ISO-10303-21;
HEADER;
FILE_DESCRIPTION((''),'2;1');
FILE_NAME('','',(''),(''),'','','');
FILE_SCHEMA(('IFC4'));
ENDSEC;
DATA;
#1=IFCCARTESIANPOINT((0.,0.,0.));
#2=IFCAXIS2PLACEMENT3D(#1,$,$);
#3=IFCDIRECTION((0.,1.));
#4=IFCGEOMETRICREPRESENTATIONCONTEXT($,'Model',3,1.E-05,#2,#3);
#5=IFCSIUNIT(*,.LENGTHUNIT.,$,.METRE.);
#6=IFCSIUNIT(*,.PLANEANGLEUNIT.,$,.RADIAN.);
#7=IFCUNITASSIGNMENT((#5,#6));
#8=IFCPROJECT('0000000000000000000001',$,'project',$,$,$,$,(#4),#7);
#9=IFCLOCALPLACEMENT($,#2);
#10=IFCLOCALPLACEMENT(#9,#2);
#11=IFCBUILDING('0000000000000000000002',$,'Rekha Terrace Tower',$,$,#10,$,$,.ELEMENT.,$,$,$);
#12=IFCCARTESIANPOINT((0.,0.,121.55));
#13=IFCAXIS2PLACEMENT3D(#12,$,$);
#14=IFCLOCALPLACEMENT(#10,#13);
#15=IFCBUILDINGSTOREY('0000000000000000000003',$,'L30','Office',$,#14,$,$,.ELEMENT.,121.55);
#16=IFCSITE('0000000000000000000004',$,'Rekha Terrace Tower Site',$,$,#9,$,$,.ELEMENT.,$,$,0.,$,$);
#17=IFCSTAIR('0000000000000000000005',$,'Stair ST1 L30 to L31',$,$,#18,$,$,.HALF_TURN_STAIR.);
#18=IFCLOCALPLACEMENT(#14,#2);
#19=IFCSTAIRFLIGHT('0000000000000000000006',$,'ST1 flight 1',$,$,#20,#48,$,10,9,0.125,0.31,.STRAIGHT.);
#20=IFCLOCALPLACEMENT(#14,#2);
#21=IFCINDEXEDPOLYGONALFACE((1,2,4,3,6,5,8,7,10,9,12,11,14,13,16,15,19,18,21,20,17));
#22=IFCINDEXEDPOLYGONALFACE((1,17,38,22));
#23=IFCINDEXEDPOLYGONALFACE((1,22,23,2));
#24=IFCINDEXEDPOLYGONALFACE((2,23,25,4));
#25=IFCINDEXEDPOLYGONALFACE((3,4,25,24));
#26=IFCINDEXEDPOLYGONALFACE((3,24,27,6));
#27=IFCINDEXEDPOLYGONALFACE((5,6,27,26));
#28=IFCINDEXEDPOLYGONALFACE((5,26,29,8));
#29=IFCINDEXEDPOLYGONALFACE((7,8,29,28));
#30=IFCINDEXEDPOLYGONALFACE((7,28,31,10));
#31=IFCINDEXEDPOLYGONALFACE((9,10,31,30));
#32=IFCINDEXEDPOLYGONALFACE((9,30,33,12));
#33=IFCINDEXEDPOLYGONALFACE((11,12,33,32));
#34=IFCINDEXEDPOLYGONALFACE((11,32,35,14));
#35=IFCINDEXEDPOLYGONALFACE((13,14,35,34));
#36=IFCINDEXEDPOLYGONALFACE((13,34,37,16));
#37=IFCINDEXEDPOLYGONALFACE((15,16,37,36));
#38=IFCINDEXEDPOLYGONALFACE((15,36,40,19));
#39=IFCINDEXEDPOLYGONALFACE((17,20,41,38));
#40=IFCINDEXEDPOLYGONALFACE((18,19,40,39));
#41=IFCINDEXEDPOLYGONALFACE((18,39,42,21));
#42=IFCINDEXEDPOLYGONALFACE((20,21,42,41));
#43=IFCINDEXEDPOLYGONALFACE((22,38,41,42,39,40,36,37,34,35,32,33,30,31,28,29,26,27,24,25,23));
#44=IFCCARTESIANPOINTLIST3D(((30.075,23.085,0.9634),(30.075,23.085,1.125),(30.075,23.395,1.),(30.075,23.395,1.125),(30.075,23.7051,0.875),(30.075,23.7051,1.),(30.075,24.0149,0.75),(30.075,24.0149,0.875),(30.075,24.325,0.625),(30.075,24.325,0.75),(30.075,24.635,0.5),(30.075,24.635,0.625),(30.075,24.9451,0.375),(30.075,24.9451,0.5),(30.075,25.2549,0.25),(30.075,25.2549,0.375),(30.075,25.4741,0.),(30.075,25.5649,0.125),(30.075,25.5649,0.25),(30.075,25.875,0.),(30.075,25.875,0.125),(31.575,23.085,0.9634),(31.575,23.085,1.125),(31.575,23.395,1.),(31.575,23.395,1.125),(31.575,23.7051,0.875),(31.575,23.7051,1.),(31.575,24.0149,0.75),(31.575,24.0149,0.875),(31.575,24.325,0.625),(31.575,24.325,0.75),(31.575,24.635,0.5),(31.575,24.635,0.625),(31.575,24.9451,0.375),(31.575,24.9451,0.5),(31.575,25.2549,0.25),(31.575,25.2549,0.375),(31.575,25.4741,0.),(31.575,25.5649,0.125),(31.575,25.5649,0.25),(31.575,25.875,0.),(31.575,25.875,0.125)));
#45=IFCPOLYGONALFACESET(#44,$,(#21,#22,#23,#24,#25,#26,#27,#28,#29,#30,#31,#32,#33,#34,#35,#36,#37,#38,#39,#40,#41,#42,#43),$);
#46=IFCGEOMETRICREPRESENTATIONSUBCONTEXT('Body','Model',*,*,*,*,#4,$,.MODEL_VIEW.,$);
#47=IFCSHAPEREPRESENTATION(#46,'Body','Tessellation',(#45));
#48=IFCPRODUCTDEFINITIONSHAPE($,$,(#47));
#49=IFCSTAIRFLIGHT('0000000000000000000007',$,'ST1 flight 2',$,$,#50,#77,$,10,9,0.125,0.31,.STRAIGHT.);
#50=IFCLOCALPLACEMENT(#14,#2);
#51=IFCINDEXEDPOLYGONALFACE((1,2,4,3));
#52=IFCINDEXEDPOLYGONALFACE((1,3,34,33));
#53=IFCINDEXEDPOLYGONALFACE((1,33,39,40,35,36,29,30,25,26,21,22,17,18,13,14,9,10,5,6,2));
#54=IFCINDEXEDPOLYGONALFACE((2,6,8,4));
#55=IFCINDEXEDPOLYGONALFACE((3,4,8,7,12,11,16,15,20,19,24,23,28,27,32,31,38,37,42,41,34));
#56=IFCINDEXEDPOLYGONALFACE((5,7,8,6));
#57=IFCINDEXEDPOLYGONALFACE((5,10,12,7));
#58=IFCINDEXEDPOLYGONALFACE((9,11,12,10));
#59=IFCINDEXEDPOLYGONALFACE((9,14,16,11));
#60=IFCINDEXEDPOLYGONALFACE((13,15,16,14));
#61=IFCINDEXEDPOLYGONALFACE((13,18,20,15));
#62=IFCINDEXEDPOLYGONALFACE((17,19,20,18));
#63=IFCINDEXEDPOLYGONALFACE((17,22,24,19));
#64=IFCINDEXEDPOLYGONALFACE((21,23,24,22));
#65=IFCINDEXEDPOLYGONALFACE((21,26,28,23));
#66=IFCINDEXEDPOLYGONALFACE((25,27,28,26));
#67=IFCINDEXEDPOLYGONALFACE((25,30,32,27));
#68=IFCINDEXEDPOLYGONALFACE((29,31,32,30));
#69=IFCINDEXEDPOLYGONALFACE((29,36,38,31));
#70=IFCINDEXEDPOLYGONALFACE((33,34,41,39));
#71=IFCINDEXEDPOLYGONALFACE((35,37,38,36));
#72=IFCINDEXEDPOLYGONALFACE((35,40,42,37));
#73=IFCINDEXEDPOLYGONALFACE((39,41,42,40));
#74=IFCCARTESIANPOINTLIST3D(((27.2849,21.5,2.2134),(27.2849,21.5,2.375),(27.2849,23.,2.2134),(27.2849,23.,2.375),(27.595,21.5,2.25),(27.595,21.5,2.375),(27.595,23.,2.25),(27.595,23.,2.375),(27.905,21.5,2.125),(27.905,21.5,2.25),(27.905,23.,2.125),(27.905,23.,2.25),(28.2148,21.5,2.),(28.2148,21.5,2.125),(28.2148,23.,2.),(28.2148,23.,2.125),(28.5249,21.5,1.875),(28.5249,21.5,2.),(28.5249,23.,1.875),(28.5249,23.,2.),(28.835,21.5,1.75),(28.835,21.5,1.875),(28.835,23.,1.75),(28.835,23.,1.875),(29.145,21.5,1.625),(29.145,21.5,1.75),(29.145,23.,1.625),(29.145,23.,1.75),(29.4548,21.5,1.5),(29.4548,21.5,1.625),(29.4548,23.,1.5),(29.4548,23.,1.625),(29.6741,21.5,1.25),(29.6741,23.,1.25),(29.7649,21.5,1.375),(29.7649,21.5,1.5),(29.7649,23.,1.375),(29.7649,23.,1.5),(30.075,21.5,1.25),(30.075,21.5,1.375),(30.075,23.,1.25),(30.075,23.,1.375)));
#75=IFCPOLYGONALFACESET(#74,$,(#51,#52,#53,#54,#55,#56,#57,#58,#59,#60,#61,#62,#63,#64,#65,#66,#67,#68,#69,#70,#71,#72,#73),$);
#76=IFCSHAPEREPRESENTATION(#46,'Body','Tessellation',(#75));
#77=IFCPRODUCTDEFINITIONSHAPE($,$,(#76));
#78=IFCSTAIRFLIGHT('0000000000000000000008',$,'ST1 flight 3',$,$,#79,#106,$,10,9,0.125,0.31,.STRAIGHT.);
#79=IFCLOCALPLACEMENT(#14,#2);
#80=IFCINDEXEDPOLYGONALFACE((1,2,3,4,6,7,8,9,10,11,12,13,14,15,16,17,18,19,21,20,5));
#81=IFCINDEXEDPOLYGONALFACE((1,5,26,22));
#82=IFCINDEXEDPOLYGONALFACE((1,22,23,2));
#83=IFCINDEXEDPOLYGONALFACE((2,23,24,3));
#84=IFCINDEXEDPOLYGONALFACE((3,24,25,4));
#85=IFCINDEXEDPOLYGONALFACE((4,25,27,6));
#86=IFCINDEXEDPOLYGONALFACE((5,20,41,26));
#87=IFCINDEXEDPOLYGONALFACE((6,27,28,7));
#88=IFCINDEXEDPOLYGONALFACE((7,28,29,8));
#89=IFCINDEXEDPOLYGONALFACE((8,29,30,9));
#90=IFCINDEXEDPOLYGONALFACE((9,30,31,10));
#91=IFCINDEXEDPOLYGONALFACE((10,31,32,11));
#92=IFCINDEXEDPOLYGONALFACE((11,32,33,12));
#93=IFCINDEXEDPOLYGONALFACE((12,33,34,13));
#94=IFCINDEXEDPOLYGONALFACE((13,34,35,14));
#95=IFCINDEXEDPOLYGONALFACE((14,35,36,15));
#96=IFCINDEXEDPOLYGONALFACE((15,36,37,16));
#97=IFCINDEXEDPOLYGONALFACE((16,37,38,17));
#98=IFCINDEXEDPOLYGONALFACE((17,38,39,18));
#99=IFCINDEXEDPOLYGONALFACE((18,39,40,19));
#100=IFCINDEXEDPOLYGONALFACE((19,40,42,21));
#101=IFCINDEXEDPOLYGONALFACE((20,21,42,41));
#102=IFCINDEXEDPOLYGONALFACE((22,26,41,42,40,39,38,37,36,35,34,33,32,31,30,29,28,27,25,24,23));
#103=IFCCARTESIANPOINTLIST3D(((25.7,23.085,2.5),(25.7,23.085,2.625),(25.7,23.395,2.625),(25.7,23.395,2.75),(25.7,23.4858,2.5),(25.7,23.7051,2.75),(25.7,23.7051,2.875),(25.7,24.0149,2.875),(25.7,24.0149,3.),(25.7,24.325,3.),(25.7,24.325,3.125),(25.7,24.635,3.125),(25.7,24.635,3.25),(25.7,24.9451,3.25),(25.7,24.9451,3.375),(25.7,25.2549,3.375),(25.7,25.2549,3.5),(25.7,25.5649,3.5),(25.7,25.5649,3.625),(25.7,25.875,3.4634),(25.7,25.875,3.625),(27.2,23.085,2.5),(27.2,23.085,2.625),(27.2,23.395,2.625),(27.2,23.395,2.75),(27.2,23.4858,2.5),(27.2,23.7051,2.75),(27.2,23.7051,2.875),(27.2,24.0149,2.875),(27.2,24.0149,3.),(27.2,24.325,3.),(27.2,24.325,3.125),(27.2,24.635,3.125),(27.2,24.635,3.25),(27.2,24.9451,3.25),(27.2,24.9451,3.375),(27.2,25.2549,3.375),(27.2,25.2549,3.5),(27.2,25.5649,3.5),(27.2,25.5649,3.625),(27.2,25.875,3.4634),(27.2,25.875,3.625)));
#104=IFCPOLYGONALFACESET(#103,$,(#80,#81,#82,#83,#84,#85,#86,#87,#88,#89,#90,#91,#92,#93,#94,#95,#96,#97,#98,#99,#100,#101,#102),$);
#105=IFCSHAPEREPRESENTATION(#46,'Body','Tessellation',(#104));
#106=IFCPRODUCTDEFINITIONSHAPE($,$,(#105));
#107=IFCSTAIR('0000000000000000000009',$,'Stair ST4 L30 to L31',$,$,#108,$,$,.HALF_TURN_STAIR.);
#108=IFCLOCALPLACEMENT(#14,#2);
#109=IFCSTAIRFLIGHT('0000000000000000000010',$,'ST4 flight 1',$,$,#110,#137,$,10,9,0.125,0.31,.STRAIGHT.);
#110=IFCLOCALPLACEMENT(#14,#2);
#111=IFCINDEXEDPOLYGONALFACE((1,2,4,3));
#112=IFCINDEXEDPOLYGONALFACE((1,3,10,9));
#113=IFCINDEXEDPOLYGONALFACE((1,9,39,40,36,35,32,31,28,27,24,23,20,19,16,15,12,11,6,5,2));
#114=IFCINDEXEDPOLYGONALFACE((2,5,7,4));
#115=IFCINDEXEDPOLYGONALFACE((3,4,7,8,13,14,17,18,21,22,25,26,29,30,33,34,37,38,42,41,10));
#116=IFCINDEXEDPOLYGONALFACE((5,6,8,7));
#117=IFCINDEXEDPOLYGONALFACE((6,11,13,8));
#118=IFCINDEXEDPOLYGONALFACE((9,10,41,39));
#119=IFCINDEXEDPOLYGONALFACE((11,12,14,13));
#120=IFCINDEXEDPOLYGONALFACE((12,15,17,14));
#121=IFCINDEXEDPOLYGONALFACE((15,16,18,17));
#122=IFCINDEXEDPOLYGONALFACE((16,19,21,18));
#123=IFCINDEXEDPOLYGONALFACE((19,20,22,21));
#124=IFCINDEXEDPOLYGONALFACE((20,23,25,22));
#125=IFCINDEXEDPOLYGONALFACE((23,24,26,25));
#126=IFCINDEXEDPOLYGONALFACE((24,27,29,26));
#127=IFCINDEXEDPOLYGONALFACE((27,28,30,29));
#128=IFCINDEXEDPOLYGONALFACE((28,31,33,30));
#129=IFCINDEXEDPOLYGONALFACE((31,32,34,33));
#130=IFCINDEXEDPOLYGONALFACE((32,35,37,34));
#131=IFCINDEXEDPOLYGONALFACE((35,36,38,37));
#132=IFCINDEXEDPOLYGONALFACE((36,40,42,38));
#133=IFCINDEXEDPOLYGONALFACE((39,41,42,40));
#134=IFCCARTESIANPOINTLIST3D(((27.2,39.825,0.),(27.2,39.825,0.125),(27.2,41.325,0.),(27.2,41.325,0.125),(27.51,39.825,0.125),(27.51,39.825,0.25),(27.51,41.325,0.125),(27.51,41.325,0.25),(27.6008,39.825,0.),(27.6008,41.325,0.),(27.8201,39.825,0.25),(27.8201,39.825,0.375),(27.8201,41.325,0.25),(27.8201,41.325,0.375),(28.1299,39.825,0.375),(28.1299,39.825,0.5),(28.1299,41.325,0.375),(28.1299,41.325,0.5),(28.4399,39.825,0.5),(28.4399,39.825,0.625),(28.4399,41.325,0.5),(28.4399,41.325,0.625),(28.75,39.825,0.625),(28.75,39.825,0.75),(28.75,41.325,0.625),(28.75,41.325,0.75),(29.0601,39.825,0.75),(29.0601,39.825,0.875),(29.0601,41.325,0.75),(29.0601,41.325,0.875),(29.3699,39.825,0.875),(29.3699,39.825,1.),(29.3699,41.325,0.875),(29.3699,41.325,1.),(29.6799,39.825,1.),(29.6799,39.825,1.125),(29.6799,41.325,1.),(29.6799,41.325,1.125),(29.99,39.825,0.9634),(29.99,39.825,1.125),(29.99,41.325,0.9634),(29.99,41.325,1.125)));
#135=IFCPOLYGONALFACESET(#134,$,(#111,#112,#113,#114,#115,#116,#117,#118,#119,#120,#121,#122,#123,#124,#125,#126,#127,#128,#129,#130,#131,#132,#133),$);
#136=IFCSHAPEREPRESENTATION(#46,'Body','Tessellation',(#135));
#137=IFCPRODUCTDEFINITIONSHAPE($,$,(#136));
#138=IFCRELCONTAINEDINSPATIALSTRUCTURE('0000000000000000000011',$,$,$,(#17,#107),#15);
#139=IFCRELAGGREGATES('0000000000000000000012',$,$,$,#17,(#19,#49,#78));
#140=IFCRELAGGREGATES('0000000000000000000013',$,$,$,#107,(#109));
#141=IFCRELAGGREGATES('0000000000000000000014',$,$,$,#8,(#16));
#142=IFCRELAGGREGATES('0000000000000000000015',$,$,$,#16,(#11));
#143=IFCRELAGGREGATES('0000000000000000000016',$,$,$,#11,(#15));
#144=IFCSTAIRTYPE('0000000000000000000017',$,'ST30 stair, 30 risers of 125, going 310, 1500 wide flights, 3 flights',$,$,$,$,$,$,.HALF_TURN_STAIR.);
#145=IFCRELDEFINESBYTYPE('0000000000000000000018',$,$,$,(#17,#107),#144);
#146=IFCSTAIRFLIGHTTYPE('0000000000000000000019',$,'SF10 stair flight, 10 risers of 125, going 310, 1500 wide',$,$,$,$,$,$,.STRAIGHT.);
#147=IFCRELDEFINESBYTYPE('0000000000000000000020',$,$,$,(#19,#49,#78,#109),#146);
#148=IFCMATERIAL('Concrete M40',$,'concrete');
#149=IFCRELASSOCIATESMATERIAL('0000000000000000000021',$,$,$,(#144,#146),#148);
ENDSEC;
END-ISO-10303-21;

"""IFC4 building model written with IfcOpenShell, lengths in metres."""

from ifc_helpers import new_model, si_unit, direction, frame, origin, place, context, subcontext, project, spatial, polyline, outline, extrude, material, type_object, element, aggregate, save


model = new_model("IFC4")

# Units and contexts
model_context = context("Model", 3, precision=1e-05, world=origin(), true_north=direction((0.0, 1.0)))
body_context = subcontext(model_context, "Body", "Model", "MODEL_VIEW")
ifc_project = project(units=[si_unit("LENGTHUNIT", "METRE"), si_unit("PLANEANGLEUNIT", "RADIAN")], contexts=[model_context])

# Site, building, storey
site_placement = place(None, origin())
site = spatial("IfcSite", under=ifc_project, at=site_placement, Name="Rekha Terrace Tower Site", CompositionType="ELEMENT", RefElevation=0.0)
building_placement = place(site_placement, origin())
building = spatial("IfcBuilding", under=site, at=building_placement, Name="Rekha Terrace Tower", CompositionType="ELEMENT")
storey_placement = place(building_placement, frame((0.0, 0.0, 121.55)))
storey = spatial("IfcBuildingStorey", under=building, at=storey_placement, Name="L30", Description="Office", CompositionType="ELEMENT", Elevation=121.55)

# Stair, stair flights
ifc_material_1 = material(Name="Concrete M40", Category="concrete")
stair_type = type_object("IfcStairType", Name="ST30 stair, 30 risers of 125, going 310, 1500 wide flights, 3 flights", PredefinedType="HALF_TURN_STAIR", material=ifc_material_1)
stair_1_placement = place(storey_placement, origin())
stair_1 = element("IfcStair", 1, at=stair_1_placement, inside=storey, type_object=stair_type, Name="Stair ST1 L30 to L31", PredefinedType="HALF_TURN_STAIR")
stair_flight_type = type_object("IfcStairFlightType", Name="SF10 stair flight, 10 risers of 125, going 310, 1500 wide", PredefinedType="STRAIGHT", material=ifc_material_1)
stair_flight_1_placement = place(storey_placement, frame((30.825, 25.875, 0.0), z_axis=(0.0, 0.0, 1.0), x_axis=(0.0, -1.0, 0.0)))
stair_flight_1 = element("IfcStairFlight", 2, at=stair_flight_1_placement, type_object=stair_flight_type, Name="ST1 flight 1", NumberOfRisers=10, NumberOfTreads=9, PredefinedType="STRAIGHT", RiserHeight=0.125, TreadLength=0.31, context=body_context, shape_type="SweptSolid", body=[
    extrude(outline(polyline([(0.0, 0.0), (0.0, 0.125), (0.3101, 0.125), (0.3101, 0.25), (0.6201, 0.25), (0.6201, 0.375), (0.9299, 0.375), (0.9299, 0.5), (1.24, 0.5), (1.24, 0.625), (1.55, 0.625), (1.55, 0.75), (1.8601, 0.75), (1.8601, 0.875), (2.1699, 0.875), (2.1699, 1.0), (2.48, 1.0), (2.48, 1.125), (2.79, 1.125), (2.79, 1.25), (2.79, 0.9634), (0.4009, 0.0), (0.0, 0.0)])), frame((0.0, 0.75, 0.0), z_axis=(0.0, -1.0, 0.0), x_axis=(1.0, 0.0, 0.0)), (0.0, 0.0, 1.0), 1.5),
])
stair_flight_2_placement = place(storey_placement, frame((30.075, 22.25, 1.25), z_axis=(0.0, 0.0, 1.0), x_axis=(-1.0, 0.0, 0.0)))
stair_flight_2 = element("IfcStairFlight", 3, at=stair_flight_2_placement, type_object=stair_flight_type, Name="ST1 flight 2", NumberOfRisers=10, NumberOfTreads=9, PredefinedType="STRAIGHT", RiserHeight=0.125, TreadLength=0.31, context=body_context, shape_type="SweptSolid", body=[
    extrude(outline(polyline([(0.0, 0.0), (0.0, 0.125), (0.3101, 0.125), (0.3101, 0.25), (0.6201, 0.25), (0.6201, 0.375), (0.9299, 0.375), (0.9299, 0.5), (1.24, 0.5), (1.24, 0.625), (1.55, 0.625), (1.55, 0.75), (1.8601, 0.75), (1.8601, 0.875), (2.1699, 0.875), (2.1699, 1.0), (2.48, 1.0), (2.48, 1.125), (2.79, 1.125), (2.79, 1.25), (2.79, 0.9634), (0.4009, 0.0), (0.0, 0.0)])), frame((0.0, 0.75, 0.0), z_axis=(0.0, -1.0, 0.0), x_axis=(1.0, 0.0, 0.0)), (0.0, 0.0, 1.0), 1.5),
])
stair_flight_3_placement = place(storey_placement, frame((26.45, 23.085, 2.5), z_axis=(0.0, 0.0, 1.0), x_axis=(0.0, 1.0, 0.0)))
stair_flight_3 = element("IfcStairFlight", 4, at=stair_flight_3_placement, type_object=stair_flight_type, Name="ST1 flight 3", NumberOfRisers=10, NumberOfTreads=9, PredefinedType="STRAIGHT", RiserHeight=0.125, TreadLength=0.31, context=body_context, shape_type="SweptSolid", body=[
    extrude(outline(polyline([(0.0, 0.0), (0.0, 0.125), (0.3101, 0.125), (0.3101, 0.25), (0.6201, 0.25), (0.6201, 0.375), (0.9299, 0.375), (0.9299, 0.5), (1.24, 0.5), (1.24, 0.625), (1.55, 0.625), (1.55, 0.75), (1.8601, 0.75), (1.8601, 0.875), (2.1699, 0.875), (2.1699, 1.0), (2.48, 1.0), (2.48, 1.125), (2.79, 1.125), (2.79, 1.25), (2.79, 0.9634), (0.4009, 0.0), (0.0, 0.0)])), frame((0.0, 0.75, 0.0), z_axis=(0.0, -1.0, 0.0), x_axis=(1.0, 0.0, 0.0)), (0.0, 0.0, 1.0), 1.5),
])
aggregate(stair_1, [stair_flight_1, stair_flight_2, stair_flight_3])

# Stair, stair flight
stair_2_placement = place(storey_placement, origin())
stair_2 = element("IfcStair", 5, at=stair_2_placement, inside=storey, type_object=stair_type, Name="Stair ST4 L30 to L31", PredefinedType="HALF_TURN_STAIR")
stair_flight_4_placement = place(storey_placement, frame((27.2, 40.575, 0.0), z_axis=(0.0, 0.0, 1.0), x_axis=(1.0, 0.0, 0.0)))
stair_flight_4 = element("IfcStairFlight", 6, at=stair_flight_4_placement, type_object=stair_flight_type, Name="ST4 flight 1", NumberOfRisers=10, NumberOfTreads=9, PredefinedType="STRAIGHT", RiserHeight=0.125, TreadLength=0.31, context=body_context, shape_type="SweptSolid", body=[
    extrude(outline(polyline([(0.0, 0.0), (0.0, 0.125), (0.3101, 0.125), (0.3101, 0.25), (0.6201, 0.25), (0.6201, 0.375), (0.9299, 0.375), (0.9299, 0.5), (1.24, 0.5), (1.24, 0.625), (1.55, 0.625), (1.55, 0.75), (1.8601, 0.75), (1.8601, 0.875), (2.1699, 0.875), (2.1699, 1.0), (2.48, 1.0), (2.48, 1.125), (2.79, 1.125), (2.79, 1.25), (2.79, 0.9634), (0.4009, 0.0), (0.0, 0.0)])), frame((0.0, 0.75, 0.0), z_axis=(0.0, -1.0, 0.0), x_axis=(1.0, 0.0, 0.0)), (0.0, 0.0, 1.0), 1.5),
])
aggregate(stair_2, [stair_flight_4])

save(model, "model.ifc")
